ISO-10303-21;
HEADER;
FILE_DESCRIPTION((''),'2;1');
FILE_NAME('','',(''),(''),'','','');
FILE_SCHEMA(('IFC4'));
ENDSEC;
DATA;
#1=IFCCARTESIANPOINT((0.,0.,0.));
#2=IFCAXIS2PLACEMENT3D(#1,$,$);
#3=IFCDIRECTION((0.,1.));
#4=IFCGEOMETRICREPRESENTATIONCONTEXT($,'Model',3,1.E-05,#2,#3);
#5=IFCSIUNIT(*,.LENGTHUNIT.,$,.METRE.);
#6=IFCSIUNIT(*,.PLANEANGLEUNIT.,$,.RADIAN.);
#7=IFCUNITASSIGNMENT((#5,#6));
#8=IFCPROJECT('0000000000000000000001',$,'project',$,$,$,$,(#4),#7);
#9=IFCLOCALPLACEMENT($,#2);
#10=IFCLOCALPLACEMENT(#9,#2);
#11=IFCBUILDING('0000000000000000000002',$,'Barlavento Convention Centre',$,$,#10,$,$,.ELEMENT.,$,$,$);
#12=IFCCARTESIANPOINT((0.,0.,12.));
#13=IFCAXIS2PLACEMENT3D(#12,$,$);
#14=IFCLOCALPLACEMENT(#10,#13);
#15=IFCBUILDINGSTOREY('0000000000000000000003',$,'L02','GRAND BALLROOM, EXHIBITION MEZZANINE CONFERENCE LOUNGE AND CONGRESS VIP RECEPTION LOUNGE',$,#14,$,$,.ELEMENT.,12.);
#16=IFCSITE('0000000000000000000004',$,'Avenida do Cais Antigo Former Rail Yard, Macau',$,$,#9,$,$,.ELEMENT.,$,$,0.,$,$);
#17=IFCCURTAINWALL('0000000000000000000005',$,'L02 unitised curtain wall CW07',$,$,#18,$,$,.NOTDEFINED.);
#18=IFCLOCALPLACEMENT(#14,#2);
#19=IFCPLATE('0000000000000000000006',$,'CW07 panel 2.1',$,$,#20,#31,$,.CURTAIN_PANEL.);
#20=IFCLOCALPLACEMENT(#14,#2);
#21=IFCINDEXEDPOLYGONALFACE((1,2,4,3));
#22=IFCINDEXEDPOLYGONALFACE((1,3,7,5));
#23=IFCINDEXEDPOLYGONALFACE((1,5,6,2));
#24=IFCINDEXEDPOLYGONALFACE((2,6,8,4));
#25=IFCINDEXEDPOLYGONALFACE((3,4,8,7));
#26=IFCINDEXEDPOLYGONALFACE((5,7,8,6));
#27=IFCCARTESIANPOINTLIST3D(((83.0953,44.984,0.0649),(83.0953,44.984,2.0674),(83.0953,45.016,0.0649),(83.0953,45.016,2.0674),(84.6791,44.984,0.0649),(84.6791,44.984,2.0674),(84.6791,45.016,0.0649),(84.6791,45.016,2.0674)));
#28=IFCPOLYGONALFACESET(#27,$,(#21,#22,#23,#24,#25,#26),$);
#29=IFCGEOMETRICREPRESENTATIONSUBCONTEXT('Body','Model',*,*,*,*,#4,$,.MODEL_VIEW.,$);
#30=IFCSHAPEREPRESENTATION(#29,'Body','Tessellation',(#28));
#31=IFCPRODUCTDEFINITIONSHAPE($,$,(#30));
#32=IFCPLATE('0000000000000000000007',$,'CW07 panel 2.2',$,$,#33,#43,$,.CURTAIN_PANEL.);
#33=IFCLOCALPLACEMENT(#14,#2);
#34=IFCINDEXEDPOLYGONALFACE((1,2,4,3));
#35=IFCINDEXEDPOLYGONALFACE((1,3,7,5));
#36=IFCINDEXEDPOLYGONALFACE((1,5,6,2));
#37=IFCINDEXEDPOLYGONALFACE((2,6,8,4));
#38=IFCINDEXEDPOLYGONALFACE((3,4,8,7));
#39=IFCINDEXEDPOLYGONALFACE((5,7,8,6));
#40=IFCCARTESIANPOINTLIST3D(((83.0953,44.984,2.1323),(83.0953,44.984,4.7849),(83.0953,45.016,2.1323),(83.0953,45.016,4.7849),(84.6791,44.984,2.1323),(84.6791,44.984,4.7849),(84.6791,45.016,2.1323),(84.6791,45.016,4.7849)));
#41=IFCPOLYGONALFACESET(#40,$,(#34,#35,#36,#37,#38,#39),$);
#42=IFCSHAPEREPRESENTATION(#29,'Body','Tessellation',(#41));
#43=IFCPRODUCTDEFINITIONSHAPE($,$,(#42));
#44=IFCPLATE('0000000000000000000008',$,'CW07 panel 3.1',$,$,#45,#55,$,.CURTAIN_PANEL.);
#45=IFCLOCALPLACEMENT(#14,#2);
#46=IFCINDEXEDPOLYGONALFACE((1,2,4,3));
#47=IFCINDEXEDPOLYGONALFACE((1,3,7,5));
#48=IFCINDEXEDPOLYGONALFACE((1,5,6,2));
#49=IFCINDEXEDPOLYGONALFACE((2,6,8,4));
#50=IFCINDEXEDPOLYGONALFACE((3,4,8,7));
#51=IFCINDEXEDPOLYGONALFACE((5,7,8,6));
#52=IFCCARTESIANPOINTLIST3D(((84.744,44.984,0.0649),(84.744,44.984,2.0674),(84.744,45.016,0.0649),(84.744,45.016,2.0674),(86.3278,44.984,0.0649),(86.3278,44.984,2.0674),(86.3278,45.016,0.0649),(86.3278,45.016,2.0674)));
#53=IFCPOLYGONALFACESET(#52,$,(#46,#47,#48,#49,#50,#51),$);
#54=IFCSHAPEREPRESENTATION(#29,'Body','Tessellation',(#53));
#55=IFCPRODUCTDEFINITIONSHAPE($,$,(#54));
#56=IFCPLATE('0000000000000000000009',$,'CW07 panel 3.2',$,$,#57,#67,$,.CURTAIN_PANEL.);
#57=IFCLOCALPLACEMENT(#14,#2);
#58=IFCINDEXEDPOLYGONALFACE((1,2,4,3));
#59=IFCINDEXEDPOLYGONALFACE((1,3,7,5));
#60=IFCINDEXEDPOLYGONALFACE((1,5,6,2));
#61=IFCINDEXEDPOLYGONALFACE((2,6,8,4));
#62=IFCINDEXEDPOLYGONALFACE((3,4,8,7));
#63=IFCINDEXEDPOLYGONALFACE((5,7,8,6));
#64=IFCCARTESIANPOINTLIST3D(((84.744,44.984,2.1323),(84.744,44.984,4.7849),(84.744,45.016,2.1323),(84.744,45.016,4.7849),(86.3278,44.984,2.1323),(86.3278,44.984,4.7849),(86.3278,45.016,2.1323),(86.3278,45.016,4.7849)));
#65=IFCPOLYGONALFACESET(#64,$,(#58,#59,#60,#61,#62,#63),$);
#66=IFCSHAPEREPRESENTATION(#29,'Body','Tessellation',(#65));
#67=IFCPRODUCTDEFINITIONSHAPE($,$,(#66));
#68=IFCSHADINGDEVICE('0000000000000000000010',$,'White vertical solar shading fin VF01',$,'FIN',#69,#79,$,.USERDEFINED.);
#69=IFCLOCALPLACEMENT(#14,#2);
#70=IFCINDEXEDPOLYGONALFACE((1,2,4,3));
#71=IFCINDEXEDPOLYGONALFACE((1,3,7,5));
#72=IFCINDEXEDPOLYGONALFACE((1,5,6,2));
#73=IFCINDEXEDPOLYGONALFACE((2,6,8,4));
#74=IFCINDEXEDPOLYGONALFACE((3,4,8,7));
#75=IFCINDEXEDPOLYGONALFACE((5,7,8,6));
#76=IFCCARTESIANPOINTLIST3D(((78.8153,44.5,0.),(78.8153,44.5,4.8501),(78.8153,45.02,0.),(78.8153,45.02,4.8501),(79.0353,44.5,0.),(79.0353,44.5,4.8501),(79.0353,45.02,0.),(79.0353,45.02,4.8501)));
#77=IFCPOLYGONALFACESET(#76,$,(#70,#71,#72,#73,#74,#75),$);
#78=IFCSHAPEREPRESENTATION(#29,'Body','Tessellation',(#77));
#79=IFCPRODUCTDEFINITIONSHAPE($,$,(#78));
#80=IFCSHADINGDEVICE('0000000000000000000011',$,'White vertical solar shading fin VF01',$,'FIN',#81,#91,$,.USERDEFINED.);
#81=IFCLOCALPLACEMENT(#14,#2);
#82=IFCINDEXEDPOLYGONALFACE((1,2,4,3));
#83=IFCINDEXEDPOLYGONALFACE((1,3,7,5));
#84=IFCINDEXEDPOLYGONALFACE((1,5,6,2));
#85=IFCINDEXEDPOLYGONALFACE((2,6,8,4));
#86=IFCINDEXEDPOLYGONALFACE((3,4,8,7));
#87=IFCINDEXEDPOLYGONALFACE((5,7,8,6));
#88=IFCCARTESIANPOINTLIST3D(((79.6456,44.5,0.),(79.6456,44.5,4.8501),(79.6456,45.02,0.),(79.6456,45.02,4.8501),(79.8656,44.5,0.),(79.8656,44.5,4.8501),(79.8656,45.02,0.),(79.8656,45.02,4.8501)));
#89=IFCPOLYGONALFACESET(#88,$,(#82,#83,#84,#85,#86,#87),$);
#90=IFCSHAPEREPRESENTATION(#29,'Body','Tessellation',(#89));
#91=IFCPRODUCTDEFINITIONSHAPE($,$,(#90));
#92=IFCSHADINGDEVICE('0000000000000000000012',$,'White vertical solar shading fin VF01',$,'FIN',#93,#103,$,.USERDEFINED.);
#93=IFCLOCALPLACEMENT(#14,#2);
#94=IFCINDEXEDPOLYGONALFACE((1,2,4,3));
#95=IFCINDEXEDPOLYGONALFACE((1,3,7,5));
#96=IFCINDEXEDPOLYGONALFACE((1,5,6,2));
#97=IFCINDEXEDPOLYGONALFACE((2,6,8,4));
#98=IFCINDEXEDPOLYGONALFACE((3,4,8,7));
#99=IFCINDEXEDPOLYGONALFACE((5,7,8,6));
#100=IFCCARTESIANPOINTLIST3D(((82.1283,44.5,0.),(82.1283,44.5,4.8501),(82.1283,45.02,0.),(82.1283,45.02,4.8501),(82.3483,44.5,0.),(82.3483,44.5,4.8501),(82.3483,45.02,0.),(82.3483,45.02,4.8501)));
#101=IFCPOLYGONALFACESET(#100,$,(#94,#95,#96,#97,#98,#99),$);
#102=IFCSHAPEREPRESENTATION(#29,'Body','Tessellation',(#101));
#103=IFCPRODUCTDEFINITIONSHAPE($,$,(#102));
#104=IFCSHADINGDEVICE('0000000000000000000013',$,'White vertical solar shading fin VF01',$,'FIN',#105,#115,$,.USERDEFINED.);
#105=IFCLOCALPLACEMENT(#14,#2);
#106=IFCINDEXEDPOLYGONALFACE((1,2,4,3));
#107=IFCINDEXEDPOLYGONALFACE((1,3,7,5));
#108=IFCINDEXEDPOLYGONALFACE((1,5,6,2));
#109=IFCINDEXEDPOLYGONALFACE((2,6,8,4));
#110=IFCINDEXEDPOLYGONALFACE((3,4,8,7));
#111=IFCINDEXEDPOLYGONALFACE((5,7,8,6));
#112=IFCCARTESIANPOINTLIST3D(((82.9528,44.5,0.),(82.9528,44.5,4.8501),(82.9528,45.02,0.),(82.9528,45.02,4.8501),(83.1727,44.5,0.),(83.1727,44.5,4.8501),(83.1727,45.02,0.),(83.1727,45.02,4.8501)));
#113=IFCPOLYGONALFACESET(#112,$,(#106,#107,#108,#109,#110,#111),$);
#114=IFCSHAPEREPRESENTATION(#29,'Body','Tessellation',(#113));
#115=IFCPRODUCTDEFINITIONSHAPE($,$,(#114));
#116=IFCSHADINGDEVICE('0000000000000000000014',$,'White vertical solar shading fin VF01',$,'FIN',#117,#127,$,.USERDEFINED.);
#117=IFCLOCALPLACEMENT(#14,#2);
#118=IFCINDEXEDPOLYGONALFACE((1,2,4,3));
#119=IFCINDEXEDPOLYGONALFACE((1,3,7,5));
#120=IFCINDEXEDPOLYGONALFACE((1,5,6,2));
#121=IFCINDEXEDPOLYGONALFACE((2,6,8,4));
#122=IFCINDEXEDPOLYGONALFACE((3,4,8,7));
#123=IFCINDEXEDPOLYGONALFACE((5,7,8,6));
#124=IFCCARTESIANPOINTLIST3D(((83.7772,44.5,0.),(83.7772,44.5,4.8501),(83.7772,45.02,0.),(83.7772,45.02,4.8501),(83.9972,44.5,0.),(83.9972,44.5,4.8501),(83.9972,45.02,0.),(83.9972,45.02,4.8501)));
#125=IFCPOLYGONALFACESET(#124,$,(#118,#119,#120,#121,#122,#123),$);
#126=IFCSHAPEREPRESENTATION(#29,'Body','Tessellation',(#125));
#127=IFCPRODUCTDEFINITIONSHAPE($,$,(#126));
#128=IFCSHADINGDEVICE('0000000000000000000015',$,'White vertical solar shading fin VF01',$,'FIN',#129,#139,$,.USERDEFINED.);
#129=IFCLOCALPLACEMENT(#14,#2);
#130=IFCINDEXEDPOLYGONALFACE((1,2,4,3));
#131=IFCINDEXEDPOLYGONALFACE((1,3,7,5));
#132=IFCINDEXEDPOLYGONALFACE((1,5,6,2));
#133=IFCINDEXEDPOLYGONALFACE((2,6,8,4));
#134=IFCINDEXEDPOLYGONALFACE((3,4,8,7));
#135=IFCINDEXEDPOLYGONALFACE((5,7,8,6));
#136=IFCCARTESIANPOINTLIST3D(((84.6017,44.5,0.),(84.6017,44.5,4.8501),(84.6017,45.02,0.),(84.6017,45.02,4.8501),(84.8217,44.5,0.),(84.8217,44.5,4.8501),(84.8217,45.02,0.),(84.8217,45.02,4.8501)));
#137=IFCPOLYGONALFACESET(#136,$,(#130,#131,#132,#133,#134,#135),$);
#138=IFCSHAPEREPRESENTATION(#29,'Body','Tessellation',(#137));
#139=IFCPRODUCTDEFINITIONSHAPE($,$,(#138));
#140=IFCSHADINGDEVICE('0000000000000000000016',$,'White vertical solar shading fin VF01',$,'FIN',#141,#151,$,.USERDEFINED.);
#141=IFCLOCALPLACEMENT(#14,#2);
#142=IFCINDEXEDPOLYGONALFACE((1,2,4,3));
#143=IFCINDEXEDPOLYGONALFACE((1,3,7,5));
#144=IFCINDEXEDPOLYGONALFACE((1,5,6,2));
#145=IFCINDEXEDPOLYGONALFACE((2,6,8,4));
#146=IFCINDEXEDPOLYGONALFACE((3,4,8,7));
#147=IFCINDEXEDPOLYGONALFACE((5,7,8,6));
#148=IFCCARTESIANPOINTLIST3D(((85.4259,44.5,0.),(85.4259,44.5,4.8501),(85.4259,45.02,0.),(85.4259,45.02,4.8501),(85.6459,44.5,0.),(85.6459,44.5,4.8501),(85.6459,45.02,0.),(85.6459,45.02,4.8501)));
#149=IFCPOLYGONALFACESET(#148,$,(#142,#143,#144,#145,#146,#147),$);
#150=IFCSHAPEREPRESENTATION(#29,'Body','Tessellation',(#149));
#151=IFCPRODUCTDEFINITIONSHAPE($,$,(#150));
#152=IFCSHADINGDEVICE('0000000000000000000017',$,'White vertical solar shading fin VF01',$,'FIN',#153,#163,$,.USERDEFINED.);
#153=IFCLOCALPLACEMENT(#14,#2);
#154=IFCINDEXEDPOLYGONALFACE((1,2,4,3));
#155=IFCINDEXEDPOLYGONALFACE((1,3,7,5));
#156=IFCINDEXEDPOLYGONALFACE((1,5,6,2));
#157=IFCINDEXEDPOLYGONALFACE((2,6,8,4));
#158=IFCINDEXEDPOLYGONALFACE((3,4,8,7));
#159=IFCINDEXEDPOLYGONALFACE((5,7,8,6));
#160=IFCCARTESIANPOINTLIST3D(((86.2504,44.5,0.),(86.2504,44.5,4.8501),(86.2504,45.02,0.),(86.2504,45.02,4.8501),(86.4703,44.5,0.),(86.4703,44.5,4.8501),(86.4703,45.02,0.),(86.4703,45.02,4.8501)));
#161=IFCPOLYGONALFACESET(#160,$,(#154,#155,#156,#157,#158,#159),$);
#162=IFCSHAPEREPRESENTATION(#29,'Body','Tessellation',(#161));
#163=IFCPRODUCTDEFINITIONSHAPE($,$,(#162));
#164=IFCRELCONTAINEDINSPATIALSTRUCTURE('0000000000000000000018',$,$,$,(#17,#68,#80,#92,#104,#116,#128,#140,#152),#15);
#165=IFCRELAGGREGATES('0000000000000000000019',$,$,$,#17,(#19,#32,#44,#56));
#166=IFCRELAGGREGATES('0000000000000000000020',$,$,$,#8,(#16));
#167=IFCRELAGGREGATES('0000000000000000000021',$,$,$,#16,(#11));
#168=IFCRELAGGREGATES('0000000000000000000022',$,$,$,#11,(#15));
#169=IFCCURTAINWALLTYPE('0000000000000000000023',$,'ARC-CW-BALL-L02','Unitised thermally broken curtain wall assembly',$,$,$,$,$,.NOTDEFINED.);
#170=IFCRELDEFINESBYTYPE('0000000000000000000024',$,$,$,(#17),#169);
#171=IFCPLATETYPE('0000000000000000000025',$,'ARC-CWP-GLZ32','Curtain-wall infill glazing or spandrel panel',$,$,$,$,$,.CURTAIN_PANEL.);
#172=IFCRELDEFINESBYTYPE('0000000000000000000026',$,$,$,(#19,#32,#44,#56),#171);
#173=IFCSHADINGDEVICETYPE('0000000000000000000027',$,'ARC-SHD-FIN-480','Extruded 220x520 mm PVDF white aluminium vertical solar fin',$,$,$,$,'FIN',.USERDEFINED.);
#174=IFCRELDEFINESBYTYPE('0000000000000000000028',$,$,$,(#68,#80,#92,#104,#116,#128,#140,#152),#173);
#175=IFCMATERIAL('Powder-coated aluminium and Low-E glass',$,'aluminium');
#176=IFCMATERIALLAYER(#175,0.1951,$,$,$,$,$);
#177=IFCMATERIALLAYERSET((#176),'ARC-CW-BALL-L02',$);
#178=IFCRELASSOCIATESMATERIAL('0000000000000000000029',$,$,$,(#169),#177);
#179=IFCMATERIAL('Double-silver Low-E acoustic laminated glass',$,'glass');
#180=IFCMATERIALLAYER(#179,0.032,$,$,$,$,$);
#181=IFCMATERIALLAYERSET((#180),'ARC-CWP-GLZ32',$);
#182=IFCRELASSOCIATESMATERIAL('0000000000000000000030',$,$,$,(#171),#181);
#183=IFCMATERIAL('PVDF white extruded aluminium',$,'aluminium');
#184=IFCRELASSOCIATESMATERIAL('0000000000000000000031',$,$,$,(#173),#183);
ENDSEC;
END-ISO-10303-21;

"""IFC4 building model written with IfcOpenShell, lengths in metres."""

from ifc_helpers import new_model, si_unit, direction, frame, origin, origin_2d, place, context, subcontext, project, spatial, rectangle, extrude, material, layer, layer_set, type_object, element, aggregate, save


model = new_model("IFC4")

# Units and contexts
model_context = context("Model", 3, precision=1e-05, world=origin(), true_north=direction((0.0, 1.0)))
body_context = subcontext(model_context, "Body", "Model", "MODEL_VIEW")
ifc_project = project(units=[si_unit("LENGTHUNIT", "METRE"), si_unit("PLANEANGLEUNIT", "RADIAN")], contexts=[model_context])

# Site, building, storey
site_placement = place(None, origin())
site = spatial("IfcSite", under=ifc_project, at=site_placement, Name="Avenida do Cais Antigo Former Rail Yard, Macau", CompositionType="ELEMENT", RefElevation=0.0)
building_placement = place(site_placement, origin())
building = spatial("IfcBuilding", under=site, at=building_placement, Name="Barlavento Convention Centre", CompositionType="ELEMENT")
storey_placement = place(building_placement, frame((0.0, 0.0, 12.0)))
storey = spatial("IfcBuildingStorey", under=building, at=storey_placement, Name="L02", Description="GRAND BALLROOM, EXHIBITION MEZZANINE CONFERENCE LOUNGE AND CONGRESS VIP RECEPTION LOUNGE", CompositionType="ELEMENT", Elevation=12.0)

# Curtain wall
ifc_material_1 = material(Name="Powder-coated aluminium and Low-E glass", Category="aluminium")
ifc_layer_1 = layer(ifc_material_1, 0.1951)
ifc_layer_set_1 = layer_set([ifc_layer_1], Name="ARC-CW-BALL-L02")
curtain_wall_type = type_object("IfcCurtainWallType", Name="ARC-CW-BALL-L02", Description="Unitised thermally broken curtain wall assembly", PredefinedType="NOTDEFINED", material=ifc_layer_set_1)
curtain_wall_1_placement = place(storey_placement, origin())
curtain_wall_1 = element("IfcCurtainWall", 1, at=curtain_wall_1_placement, inside=storey, type_object=curtain_wall_type, Name="L02 unitised curtain wall CW07", PredefinedType="NOTDEFINED")

# Plates
ifc_material_2 = material(Name="Double-silver Low-E acoustic laminated glass", Category="glass")
ifc_layer_2 = layer(ifc_material_2, 0.032)
ifc_layer_set_2 = layer_set([ifc_layer_2], Name="ARC-CWP-GLZ32")
plate_type = type_object("IfcPlateType", Name="ARC-CWP-GLZ32", Description="Curtain-wall infill glazing or spandrel panel", PredefinedType="CURTAIN_PANEL", material=ifc_layer_set_2)
plate_1_placement = place(storey_placement, frame((83.8872, 45.0, 0.0649), z_axis=(0.0, 0.0, 1.0), x_axis=(1.0, 0.0, 0.0)))
plate_1 = element("IfcPlate", 2, at=plate_1_placement, type_object=plate_type, Name="CW07 panel 2.1", PredefinedType="CURTAIN_PANEL", context=body_context, shape_type="SweptSolid", body=[
    extrude(rectangle(XDim=1.5837, YDim=0.032, at=origin_2d()), origin(), (0.0, 0.0, 1.0), 2.0024),
])
plate_2_placement = place(storey_placement, frame((83.8872, 45.0, 2.1323), z_axis=(0.0, 0.0, 1.0), x_axis=(1.0, 0.0, 0.0)))
plate_2 = element("IfcPlate", 3, at=plate_2_placement, type_object=plate_type, Name="CW07 panel 2.2", PredefinedType="CURTAIN_PANEL", context=body_context, shape_type="SweptSolid", body=[
    extrude(rectangle(XDim=1.5837, YDim=0.032, at=origin_2d()), origin(), (0.0, 0.0, 1.0), 2.6526),
])
plate_3_placement = place(storey_placement, frame((85.5359, 45.0, 0.0649), z_axis=(0.0, 0.0, 1.0), x_axis=(1.0, 0.0, 0.0)))
plate_3 = element("IfcPlate", 4, at=plate_3_placement, type_object=plate_type, Name="CW07 panel 3.1", PredefinedType="CURTAIN_PANEL", context=body_context, shape_type="SweptSolid", body=[
    extrude(rectangle(XDim=1.5837, YDim=0.032, at=origin_2d()), origin(), (0.0, 0.0, 1.0), 2.0024),
])
plate_4_placement = place(storey_placement, frame((85.5359, 45.0, 2.1323), z_axis=(0.0, 0.0, 1.0), x_axis=(1.0, 0.0, 0.0)))
plate_4 = element("IfcPlate", 5, at=plate_4_placement, type_object=plate_type, Name="CW07 panel 3.2", PredefinedType="CURTAIN_PANEL", context=body_context, shape_type="SweptSolid", body=[
    extrude(rectangle(XDim=1.5837, YDim=0.032, at=origin_2d()), origin(), (0.0, 0.0, 1.0), 2.6526),
])
aggregate(curtain_wall_1, [plate_1, plate_2, plate_3, plate_4])

# Shading devices
ifc_material_3 = material(Name="PVDF white extruded aluminium", Category="aluminium")
shading_device_type = type_object("IfcShadingDeviceType", Name="ARC-SHD-FIN-480", Description="Extruded 220x520 mm PVDF white aluminium vertical solar fin", ElementType="FIN", PredefinedType="USERDEFINED", material=ifc_material_3)
for number, where, z_axis, x_axis, name in (
    (6, (78.9253, 44.76, 0.0), (0.0, 0.0, 1.0), (1.0, 0.0, 0.0), "White vertical solar shading fin VF01"),
    (7, (79.7556, 44.76, 0.0), (0.0, 0.0, 1.0), (1.0, 0.0, 0.0), "White vertical solar shading fin VF01"),
    (8, (82.2383, 44.76, 0.0), (0.0, 0.0, 1.0), (1.0, 0.0, 0.0), "White vertical solar shading fin VF01"),
    (9, (83.0627, 44.76, 0.0), (0.0, 0.0, 1.0), (1.0, 0.0, 0.0), "White vertical solar shading fin VF01"),
    (10, (83.8872, 44.76, 0.0), (0.0, 0.0, 1.0), (1.0, 0.0, 0.0), "White vertical solar shading fin VF01"),
    (11, (84.7117, 44.76, 0.0), (0.0, 0.0, 1.0), (1.0, 0.0, 0.0), "White vertical solar shading fin VF01"),
    (12, (85.5359, 44.76, 0.0), (0.0, 0.0, 1.0), (1.0, 0.0, 0.0), "White vertical solar shading fin VF01"),
    (13, (86.3604, 44.76, 0.0), (0.0, 0.0, 1.0), (1.0, 0.0, 0.0), "White vertical solar shading fin VF01"),
):
    element("IfcShadingDevice", number, at=place(storey_placement, frame(where, z_axis=z_axis, x_axis=x_axis)), inside=storey, type_object=shading_device_type, Name=name, ObjectType="FIN", PredefinedType="USERDEFINED", context=body_context, shape_type="SweptSolid", body=[
        extrude(rectangle(XDim=0.22, YDim=0.52, at=origin_2d()), origin(), (0.0, 0.0, 1.0), 4.8501),
    ])

save(model, "model.ifc")
